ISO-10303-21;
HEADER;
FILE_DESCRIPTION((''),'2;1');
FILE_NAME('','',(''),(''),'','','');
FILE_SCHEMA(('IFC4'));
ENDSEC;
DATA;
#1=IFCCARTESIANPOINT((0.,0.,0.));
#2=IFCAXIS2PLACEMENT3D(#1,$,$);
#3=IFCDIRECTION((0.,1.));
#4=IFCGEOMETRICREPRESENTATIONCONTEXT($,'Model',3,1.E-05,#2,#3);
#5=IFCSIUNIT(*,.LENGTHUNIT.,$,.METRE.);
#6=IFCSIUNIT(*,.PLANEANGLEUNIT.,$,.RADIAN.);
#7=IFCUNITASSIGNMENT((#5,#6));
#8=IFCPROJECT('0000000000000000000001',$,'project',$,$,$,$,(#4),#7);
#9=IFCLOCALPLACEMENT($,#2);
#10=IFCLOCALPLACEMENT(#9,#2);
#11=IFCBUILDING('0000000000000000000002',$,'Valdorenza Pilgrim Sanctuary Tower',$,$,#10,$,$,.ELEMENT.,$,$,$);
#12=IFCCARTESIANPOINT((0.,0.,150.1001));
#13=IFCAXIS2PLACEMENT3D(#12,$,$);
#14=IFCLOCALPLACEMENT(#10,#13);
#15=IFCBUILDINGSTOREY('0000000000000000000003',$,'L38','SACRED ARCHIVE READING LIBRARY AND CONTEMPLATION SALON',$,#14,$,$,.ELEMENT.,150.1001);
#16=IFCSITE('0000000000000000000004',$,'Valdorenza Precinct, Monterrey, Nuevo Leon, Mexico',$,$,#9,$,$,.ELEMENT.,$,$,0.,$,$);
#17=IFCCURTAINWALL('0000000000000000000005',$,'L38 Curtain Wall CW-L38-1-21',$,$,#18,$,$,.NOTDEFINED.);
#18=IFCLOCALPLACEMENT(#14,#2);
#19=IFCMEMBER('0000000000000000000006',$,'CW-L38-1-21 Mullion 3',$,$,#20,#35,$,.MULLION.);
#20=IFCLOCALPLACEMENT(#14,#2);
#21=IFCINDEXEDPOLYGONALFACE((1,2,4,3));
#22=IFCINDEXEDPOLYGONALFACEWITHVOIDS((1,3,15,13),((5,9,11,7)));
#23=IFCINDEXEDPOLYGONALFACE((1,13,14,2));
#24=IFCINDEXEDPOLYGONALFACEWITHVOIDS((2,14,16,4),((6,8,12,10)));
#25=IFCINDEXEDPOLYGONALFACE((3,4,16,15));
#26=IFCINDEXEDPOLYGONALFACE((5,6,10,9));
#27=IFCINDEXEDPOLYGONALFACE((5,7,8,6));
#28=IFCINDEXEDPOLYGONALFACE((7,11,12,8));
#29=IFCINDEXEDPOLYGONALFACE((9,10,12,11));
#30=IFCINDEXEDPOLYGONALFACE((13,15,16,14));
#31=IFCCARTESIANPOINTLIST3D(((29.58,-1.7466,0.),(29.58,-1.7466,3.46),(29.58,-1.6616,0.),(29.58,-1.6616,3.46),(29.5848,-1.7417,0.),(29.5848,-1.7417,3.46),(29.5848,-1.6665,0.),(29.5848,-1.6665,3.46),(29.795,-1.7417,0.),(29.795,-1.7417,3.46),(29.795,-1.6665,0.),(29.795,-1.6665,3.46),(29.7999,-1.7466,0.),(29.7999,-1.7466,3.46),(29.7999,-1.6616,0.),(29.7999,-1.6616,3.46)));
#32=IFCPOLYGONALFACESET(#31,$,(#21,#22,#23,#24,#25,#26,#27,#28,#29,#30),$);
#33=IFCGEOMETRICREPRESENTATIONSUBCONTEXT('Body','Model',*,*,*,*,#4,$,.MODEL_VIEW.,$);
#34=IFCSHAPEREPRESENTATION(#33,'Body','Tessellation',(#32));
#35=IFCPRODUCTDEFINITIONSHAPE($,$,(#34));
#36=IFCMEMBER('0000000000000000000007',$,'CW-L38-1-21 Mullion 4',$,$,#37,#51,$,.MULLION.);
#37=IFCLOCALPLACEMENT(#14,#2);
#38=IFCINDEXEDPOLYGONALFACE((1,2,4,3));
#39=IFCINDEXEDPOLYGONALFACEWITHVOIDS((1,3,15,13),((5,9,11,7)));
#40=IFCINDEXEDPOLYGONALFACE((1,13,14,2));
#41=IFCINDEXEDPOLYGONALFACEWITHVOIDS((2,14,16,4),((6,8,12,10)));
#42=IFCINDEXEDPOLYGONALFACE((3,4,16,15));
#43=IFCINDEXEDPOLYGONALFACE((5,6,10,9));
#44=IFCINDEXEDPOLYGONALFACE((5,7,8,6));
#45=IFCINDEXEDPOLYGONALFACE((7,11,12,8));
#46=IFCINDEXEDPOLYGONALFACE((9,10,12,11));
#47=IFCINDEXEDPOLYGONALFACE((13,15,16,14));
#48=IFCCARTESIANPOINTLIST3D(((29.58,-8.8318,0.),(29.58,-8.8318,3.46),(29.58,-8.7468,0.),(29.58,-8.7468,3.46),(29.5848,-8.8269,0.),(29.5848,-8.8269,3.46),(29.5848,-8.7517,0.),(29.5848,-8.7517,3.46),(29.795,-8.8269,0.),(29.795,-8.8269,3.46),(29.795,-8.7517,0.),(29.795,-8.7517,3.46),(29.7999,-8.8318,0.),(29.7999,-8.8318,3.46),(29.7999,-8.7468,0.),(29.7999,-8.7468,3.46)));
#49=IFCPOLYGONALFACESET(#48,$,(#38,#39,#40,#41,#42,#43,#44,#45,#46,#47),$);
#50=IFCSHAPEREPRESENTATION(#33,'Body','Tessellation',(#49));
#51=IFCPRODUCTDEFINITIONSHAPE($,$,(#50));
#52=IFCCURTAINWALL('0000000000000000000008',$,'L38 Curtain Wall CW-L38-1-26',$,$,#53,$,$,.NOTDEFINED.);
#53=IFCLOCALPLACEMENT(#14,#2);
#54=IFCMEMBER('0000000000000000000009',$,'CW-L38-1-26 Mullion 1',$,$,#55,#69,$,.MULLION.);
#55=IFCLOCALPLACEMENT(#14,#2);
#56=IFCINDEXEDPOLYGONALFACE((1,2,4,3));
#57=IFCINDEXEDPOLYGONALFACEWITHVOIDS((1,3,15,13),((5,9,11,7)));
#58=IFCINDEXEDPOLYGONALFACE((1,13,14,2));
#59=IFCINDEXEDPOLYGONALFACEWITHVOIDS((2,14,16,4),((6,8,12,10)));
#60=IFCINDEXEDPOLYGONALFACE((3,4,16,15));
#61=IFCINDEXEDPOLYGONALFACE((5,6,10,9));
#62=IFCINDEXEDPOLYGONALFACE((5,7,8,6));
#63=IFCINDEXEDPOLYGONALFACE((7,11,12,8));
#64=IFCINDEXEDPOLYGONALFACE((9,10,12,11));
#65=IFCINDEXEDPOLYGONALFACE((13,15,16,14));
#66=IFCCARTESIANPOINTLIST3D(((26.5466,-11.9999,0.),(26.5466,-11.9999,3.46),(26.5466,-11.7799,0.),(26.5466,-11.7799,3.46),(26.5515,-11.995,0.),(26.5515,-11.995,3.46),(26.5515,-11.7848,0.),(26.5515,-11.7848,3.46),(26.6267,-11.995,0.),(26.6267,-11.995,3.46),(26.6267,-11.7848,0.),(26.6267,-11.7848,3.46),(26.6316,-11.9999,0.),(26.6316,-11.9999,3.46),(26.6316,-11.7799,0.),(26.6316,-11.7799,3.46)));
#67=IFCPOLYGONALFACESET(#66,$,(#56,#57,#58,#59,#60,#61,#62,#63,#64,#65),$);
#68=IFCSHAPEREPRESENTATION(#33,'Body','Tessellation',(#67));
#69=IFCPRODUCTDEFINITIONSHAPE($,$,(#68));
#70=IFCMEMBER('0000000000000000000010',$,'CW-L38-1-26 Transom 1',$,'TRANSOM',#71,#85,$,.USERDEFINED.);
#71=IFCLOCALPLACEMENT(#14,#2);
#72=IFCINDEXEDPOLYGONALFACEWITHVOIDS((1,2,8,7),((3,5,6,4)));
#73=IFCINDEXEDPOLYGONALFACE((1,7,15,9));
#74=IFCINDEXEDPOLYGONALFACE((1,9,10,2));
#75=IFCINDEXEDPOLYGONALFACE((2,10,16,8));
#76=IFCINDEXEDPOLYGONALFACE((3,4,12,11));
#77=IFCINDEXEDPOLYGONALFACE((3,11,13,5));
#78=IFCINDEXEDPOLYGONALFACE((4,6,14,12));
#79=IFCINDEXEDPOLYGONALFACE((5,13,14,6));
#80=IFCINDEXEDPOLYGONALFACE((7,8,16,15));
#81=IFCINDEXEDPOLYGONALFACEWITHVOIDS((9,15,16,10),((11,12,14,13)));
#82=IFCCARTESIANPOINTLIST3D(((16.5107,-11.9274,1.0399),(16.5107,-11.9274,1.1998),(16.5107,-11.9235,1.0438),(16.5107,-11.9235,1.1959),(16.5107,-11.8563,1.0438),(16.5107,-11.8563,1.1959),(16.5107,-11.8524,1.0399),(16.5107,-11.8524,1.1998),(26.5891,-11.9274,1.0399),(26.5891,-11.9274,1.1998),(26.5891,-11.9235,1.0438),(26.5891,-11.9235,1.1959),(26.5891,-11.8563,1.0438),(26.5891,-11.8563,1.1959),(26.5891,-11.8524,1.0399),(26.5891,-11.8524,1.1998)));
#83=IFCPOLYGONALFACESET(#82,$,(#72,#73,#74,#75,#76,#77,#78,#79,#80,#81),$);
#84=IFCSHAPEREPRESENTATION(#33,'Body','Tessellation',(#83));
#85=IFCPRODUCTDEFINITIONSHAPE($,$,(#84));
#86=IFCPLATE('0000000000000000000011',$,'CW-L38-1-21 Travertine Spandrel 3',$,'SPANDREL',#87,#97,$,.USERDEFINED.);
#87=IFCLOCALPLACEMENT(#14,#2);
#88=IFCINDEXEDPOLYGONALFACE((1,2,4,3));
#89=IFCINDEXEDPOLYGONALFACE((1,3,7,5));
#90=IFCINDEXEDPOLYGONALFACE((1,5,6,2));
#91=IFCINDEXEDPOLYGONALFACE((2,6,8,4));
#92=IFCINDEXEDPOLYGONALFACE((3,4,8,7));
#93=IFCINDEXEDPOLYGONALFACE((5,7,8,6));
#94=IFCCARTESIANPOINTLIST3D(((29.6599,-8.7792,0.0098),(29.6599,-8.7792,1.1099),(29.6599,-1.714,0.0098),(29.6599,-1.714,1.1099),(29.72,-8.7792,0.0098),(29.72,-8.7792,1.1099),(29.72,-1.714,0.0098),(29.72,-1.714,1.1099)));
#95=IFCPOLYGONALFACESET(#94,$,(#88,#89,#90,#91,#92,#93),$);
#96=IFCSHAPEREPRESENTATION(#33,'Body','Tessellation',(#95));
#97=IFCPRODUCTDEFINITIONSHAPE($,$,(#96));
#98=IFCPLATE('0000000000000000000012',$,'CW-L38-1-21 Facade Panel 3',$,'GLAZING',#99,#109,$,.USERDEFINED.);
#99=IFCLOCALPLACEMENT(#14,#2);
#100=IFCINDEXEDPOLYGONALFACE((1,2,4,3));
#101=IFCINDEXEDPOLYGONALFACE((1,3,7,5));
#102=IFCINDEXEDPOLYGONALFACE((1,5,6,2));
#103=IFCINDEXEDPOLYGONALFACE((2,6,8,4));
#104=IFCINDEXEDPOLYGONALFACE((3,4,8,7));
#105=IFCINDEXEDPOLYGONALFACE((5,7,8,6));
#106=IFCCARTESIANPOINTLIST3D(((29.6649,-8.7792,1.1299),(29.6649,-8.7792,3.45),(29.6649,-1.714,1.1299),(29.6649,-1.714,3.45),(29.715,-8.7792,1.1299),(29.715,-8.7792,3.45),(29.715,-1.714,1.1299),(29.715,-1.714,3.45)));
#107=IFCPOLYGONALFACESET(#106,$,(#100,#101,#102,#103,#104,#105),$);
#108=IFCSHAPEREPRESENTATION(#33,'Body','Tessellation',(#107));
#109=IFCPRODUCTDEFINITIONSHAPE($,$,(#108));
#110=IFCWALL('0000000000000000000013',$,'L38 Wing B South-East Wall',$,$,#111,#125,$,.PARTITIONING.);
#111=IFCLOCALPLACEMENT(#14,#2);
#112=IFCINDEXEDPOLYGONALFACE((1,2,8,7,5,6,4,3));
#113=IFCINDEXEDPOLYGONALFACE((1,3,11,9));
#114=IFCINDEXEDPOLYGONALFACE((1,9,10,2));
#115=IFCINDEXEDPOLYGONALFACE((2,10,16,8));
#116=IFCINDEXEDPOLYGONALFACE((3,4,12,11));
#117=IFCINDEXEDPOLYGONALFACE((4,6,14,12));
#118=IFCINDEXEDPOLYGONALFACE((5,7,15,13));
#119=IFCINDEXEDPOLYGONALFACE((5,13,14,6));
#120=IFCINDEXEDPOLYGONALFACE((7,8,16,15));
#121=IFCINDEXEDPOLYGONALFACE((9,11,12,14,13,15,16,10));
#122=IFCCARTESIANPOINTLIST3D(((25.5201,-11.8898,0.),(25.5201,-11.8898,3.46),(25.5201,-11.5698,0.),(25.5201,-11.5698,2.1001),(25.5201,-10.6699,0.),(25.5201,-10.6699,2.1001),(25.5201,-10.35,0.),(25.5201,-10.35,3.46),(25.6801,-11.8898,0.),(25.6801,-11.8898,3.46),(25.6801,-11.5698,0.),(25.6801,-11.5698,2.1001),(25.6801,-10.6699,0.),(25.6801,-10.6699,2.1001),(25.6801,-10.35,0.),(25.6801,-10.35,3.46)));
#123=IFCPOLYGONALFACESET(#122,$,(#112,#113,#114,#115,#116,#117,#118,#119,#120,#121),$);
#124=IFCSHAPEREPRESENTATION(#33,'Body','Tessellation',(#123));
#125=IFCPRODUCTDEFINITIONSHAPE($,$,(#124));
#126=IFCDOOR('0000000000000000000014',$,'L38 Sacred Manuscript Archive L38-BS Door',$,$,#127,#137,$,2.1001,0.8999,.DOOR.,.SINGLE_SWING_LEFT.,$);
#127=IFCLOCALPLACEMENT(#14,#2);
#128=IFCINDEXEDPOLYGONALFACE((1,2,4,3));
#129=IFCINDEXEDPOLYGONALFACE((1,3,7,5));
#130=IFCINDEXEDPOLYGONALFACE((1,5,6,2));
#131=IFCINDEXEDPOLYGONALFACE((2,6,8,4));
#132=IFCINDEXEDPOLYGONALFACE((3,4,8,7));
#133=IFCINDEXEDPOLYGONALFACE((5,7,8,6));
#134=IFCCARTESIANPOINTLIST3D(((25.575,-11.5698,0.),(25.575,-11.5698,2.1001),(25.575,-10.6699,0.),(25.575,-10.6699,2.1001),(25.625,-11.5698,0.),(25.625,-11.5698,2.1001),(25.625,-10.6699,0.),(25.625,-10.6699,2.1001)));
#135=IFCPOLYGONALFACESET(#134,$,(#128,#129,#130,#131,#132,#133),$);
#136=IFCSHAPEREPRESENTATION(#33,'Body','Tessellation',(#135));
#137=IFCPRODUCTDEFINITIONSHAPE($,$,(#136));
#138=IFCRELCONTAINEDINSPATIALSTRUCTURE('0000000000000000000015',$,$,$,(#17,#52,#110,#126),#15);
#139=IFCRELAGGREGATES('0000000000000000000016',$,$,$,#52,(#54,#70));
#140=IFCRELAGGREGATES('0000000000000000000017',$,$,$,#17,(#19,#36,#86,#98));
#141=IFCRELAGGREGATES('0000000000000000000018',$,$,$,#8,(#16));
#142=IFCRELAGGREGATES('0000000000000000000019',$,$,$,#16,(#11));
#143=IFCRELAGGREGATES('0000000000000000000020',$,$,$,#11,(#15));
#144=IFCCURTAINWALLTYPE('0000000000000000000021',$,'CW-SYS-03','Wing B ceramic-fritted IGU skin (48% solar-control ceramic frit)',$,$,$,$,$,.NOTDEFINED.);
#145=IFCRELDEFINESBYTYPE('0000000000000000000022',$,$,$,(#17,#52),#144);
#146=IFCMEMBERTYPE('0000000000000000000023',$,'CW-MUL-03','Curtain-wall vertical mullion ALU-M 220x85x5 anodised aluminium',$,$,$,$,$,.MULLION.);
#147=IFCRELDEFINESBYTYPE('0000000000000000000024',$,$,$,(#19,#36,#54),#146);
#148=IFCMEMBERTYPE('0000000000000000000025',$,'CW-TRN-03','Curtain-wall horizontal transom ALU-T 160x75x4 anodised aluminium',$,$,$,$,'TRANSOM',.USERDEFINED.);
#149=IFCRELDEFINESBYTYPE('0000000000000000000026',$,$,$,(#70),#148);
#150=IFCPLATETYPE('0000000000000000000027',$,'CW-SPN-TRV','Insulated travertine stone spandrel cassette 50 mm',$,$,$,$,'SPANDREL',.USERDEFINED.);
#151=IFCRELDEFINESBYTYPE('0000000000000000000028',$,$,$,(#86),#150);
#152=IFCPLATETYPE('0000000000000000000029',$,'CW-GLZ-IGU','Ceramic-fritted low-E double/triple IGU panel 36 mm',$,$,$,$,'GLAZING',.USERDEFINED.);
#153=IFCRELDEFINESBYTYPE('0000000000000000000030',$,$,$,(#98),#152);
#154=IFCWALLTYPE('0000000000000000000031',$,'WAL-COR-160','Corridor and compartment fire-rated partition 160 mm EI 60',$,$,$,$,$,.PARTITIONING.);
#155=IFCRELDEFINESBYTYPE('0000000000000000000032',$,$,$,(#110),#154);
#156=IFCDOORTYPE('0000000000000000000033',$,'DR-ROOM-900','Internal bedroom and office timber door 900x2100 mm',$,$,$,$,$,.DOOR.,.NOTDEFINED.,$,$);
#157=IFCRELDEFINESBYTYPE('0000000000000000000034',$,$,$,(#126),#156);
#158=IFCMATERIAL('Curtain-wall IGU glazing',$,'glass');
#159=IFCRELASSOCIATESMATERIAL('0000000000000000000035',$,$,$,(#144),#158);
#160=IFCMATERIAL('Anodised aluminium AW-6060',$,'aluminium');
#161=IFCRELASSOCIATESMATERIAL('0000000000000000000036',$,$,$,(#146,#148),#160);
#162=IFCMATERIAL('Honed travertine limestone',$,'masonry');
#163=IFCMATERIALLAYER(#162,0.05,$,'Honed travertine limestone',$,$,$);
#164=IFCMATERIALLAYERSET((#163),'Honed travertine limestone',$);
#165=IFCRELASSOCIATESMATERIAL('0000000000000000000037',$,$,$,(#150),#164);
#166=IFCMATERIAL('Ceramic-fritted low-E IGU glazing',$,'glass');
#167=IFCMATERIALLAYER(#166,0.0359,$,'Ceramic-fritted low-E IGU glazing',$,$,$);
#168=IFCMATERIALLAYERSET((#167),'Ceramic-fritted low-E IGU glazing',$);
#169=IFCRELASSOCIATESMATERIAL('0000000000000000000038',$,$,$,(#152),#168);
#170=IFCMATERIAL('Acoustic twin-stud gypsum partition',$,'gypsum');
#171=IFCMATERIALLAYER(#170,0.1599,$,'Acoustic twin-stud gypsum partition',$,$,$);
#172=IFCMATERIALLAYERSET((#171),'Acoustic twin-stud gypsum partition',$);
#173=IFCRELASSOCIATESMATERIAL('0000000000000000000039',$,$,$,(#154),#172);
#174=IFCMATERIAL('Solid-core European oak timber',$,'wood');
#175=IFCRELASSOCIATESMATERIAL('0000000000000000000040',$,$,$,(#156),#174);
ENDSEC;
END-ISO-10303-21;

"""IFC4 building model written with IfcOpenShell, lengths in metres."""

from ifc_helpers import new_model, si_unit, direction, frame, frame_2d, origin, origin_2d, place, context, subcontext, project, spatial, rectangle, hollow_rectangle, extrude, source, transform, mapped, material, layer, layer_set, material_profile, profile_set, type_object, element, fill, aggregate, save


model = new_model("IFC4")

# Units and contexts
model_context = context("Model", 3, precision=1e-05, world=origin(), true_north=direction((0.0, 1.0)))
body_context = subcontext(model_context, "Body", "Model", "MODEL_VIEW")
ifc_project = project(units=[si_unit("LENGTHUNIT", "METRE"), si_unit("PLANEANGLEUNIT", "RADIAN")], contexts=[model_context])

# Site, building, storey
site_placement = place(None, origin())
site = spatial("IfcSite", under=ifc_project, at=site_placement, Name="Valdorenza Precinct, Monterrey, Nuevo Leon, Mexico", CompositionType="ELEMENT", RefElevation=0.0)
building_placement = place(site_placement, origin())
building = spatial("IfcBuilding", under=site, at=building_placement, Name="Valdorenza Pilgrim Sanctuary Tower", CompositionType="ELEMENT")
storey_placement = place(building_placement, frame((0.0, 0.0, 150.1001)))
storey = spatial("IfcBuildingStorey", under=building, at=storey_placement, Name="L38", Description="SACRED ARCHIVE READING LIBRARY AND CONTEMPLATION SALON", CompositionType="ELEMENT", Elevation=150.1001)

# Curtain walls, members
ifc_material_1 = material(Name="Curtain-wall IGU glazing", Category="glass")
curtain_wall_type = type_object("IfcCurtainWallType", Name="CW-SYS-03", Description="Wing B ceramic-fritted IGU skin (48% solar-control ceramic frit)", PredefinedType="NOTDEFINED", material=ifc_material_1)
curtain_wall_1_placement = place(storey_placement, origin())
curtain_wall_1 = element("IfcCurtainWall", 1, at=curtain_wall_1_placement, inside=storey, type_object=curtain_wall_type, Name="L38 Curtain Wall CW-L38-1-21", PredefinedType="NOTDEFINED")
ifc_material_2 = material(Name="Anodised aluminium AW-6060", Category="aluminium")
ifc_material_profile_1 = material_profile(ifc_material_2, hollow_rectangle(XDim=0.085, YDim=0.22, WallThickness=0.0049, at=origin_2d()), Name="ALU-M 220x85x5")
ifc_profile_set_1 = profile_set([ifc_material_profile_1], Name="Anodised aluminium AW-6060")
member_type_1 = type_object("IfcMemberType", Name="CW-MUL-03", Description="Curtain-wall vertical mullion ALU-M 220x85x5 anodised aluminium", PredefinedType="MULLION", material=ifc_profile_set_1)
shared_shape_1 = source(origin(), body_context, "Body", "SweptSolid", [
    extrude(hollow_rectangle(XDim=0.085, YDim=0.22, WallThickness=0.0049, at=origin_2d()), origin(), (0.0, 0.0, 1.0), 3.46),
])
member_1_placement = place(storey_placement, frame((29.6899, -1.7041, 0.0), z_axis=(0.0, 0.0, 1.0), x_axis=(0.0, -1.0, 0.0)))
member_1 = element("IfcMember", 2, at=member_1_placement, type_object=member_type_1, Name="CW-L38-1-21 Mullion 3", PredefinedType="MULLION", context=body_context, shape_type="MappedRepresentation", body=[
    mapped(shared_shape_1, transform((0.0, 0.0, 0.0), x_axis=(1.0, 0.0, 0.0), y_axis=(0.0, 1.0, 0.0), z_axis=(0.0, 0.0, 1.0), scale=1.0)),
])
member_2_placement = place(storey_placement, frame((29.6899, -8.7893, 0.0), z_axis=(0.0, 0.0, 1.0), x_axis=(0.0, -1.0, 0.0)))
member_2 = element("IfcMember", 3, at=member_2_placement, type_object=member_type_1, Name="CW-L38-1-21 Mullion 4", PredefinedType="MULLION", context=body_context, shape_type="MappedRepresentation", body=[
    mapped(shared_shape_1, transform((0.0, 0.0, 0.0), x_axis=(1.0, 0.0, 0.0), y_axis=(0.0, 1.0, 0.0), z_axis=(0.0, 0.0, 1.0), scale=1.0)),
])
curtain_wall_2_placement = place(storey_placement, origin())
curtain_wall_2 = element("IfcCurtainWall", 4, at=curtain_wall_2_placement, inside=storey, type_object=curtain_wall_type, Name="L38 Curtain Wall CW-L38-1-26", PredefinedType="NOTDEFINED")
member_3_placement = place(storey_placement, frame((26.5891, -11.8899, 0.0), z_axis=(0.0, 0.0, 1.0), x_axis=(-1.0, 0.0, 0.0)))
member_3 = element("IfcMember", 5, at=member_3_placement, type_object=member_type_1, Name="CW-L38-1-26 Mullion 1", PredefinedType="MULLION", context=body_context, shape_type="MappedRepresentation", body=[
    mapped(shared_shape_1, transform((0.0, 0.0, 0.0), x_axis=(1.0, 0.0, 0.0), y_axis=(0.0, 1.0, 0.0), z_axis=(0.0, 0.0, 1.0), scale=1.0)),
])
ifc_material_profile_2 = material_profile(ifc_material_2, hollow_rectangle(XDim=0.075, YDim=0.1599, WallThickness=0.0039, at=origin_2d()), Name="ALU-T 160x75x4")
ifc_profile_set_2 = profile_set([ifc_material_profile_2], Name="Anodised aluminium AW-6060")
member_type_2 = type_object("IfcMemberType", Name="CW-TRN-03", Description="Curtain-wall horizontal transom ALU-T 160x75x4 anodised aluminium", ElementType="TRANSOM", PredefinedType="USERDEFINED", material=ifc_profile_set_2)
shared_shape_2 = source(origin(), body_context, "Body", "SweptSolid", [
    extrude(hollow_rectangle(XDim=0.075, YDim=0.1599, WallThickness=0.0039, at=origin_2d()), origin(), (0.0, 0.0, 1.0), 10.0784),
])
member_4_placement = place(storey_placement, frame((26.5891, -11.8899, 1.1199), z_axis=(-1.0, 0.0, 0.0), x_axis=(0.0, -1.0, 0.0)))
member_4 = element("IfcMember", 6, at=member_4_placement, type_object=member_type_2, Name="CW-L38-1-26 Transom 1", ObjectType="TRANSOM", PredefinedType="USERDEFINED", context=body_context, shape_type="MappedRepresentation", body=[
    mapped(shared_shape_2, transform((0.0, 0.0, 0.0), x_axis=(1.0, 0.0, 0.0), y_axis=(0.0, 1.0, 0.0), z_axis=(0.0, 0.0, 1.0), scale=1.0)),
])
aggregate(curtain_wall_2, [member_3, member_4])

# Plates
ifc_material_3 = material(Name="Honed travertine limestone", Category="masonry")
ifc_layer_1 = layer(ifc_material_3, 0.05, Name="Honed travertine limestone")
ifc_layer_set_1 = layer_set([ifc_layer_1], Name="Honed travertine limestone")
plate_type_1 = type_object("IfcPlateType", Name="CW-SPN-TRV", Description="Insulated travertine stone spandrel cassette 50 mm", ElementType="SPANDREL", PredefinedType="USERDEFINED", material=ifc_layer_set_1)
shared_shape_3 = source(origin(), body_context, "Body", "SweptSolid", [
    extrude(rectangle(XDim=7.0652, YDim=0.0601, at=origin_2d()), origin(), (0.0, 0.0, 1.0), 1.1001),
])
plate_1_placement = place(storey_placement, frame((29.6899, -5.2466, 0.0098), z_axis=(0.0, 0.0, 1.0), x_axis=(0.0, -1.0, 0.0)))
plate_1 = element("IfcPlate", 7, at=plate_1_placement, type_object=plate_type_1, Name="CW-L38-1-21 Travertine Spandrel 3", ObjectType="SPANDREL", PredefinedType="USERDEFINED", context=body_context, shape_type="MappedRepresentation", body=[
    mapped(shared_shape_3, transform((0.0, 0.0, 0.0), x_axis=(1.0, 0.0, 0.0), y_axis=(0.0, 1.0, 0.0), z_axis=(0.0, 0.0, 1.0), scale=1.0)),
])
ifc_material_4 = material(Name="Ceramic-fritted low-E IGU glazing", Category="glass")
ifc_layer_2 = layer(ifc_material_4, 0.0359, Name="Ceramic-fritted low-E IGU glazing")
ifc_layer_set_2 = layer_set([ifc_layer_2], Name="Ceramic-fritted low-E IGU glazing")
plate_type_2 = type_object("IfcPlateType", Name="CW-GLZ-IGU", Description="Ceramic-fritted low-E double/triple IGU panel 36 mm", ElementType="GLAZING", PredefinedType="USERDEFINED", material=ifc_layer_set_2)
shared_shape_4 = source(origin(), body_context, "Body", "SweptSolid", [
    extrude(rectangle(XDim=7.0652, YDim=0.05, at=origin_2d()), origin(), (0.0, 0.0, 1.0), 2.3201),
])
plate_2_placement = place(storey_placement, frame((29.6899, -5.2466, 1.1299), z_axis=(0.0, 0.0, 1.0), x_axis=(0.0, -1.0, 0.0)))
plate_2 = element("IfcPlate", 8, at=plate_2_placement, type_object=plate_type_2, Name="CW-L38-1-21 Facade Panel 3", ObjectType="GLAZING", PredefinedType="USERDEFINED", context=body_context, shape_type="MappedRepresentation", body=[
    mapped(shared_shape_4, transform((0.0, 0.0, 0.0), x_axis=(1.0, 0.0, 0.0), y_axis=(0.0, 1.0, 0.0), z_axis=(0.0, 0.0, 1.0), scale=1.0)),
])
aggregate(curtain_wall_1, [member_1, member_2, plate_1, plate_2])

# Wall, opening, door
ifc_material_5 = material(Name="Acoustic twin-stud gypsum partition", Category="gypsum")
ifc_layer_3 = layer(ifc_material_5, 0.1599, Name="Acoustic twin-stud gypsum partition")
ifc_layer_set_3 = layer_set([ifc_layer_3], Name="Acoustic twin-stud gypsum partition")
wall_type_1 = type_object("IfcWallType", Name="WAL-COR-160", Description="Corridor and compartment fire-rated partition 160 mm EI 60", PredefinedType="PARTITIONING", material=ifc_layer_set_3)
wall_1_placement = place(storey_placement, frame((25.6001, -11.8899, 0.0), z_axis=(0.0, 0.0, 1.0), x_axis=(0.0, 1.0, 0.0)))
wall_1 = element("IfcWall", 9, at=wall_1_placement, inside=storey, type_object=wall_type_1, Name="L38 Wing B South-East Wall", PredefinedType="PARTITIONING", context=body_context, shape_type="SweptSolid", body=[
    extrude(rectangle(XDim=1.5398, YDim=0.1599, at=frame_2d((0.77, 0.0))), origin(), (0.0, 0.0, 1.0), 3.46),
])
opening_1_placement = place(wall_1_placement, frame((0.3201, 0.0, 0.0)))
opening_1 = element("IfcOpeningElement", 10, at=opening_1_placement, cuts=wall_1, PredefinedType="OPENING", context=body_context, shape_type="SweptSolid", body=[
    extrude(rectangle(XDim=0.8999, YDim=2.1001, at=frame_2d((0.45, 1.05))), frame((0.0, 0.0947, 0.0), z_axis=(0.0, -1.0, 0.0), x_axis=(1.0, 0.0, 0.0)), (0.0, 0.0, 1.0), 0.1897),
])
ifc_material_6 = material(Name="Solid-core European oak timber", Category="wood")
door_type_1 = type_object("IfcDoorType", Name="DR-ROOM-900", Description="Internal bedroom and office timber door 900x2100 mm", OperationType="NOTDEFINED", PredefinedType="DOOR", material=ifc_material_6)
door_1_placement = place(opening_1_placement, frame((0.8999, 0.0, 0.0), z_axis=(0.0, 0.0, 1.0), x_axis=(-1.0, 0.0, 0.0)))
door_1 = element("IfcDoor", 11, at=door_1_placement, inside=storey, type_object=door_type_1, Name="L38 Sacred Manuscript Archive L38-BS Door", OperationType="SINGLE_SWING_LEFT", OverallHeight=2.1001, OverallWidth=0.8999, PredefinedType="DOOR", context=body_context, shape_type="SweptSolid", body=[
    extrude(rectangle(XDim=0.8999, YDim=2.1001, at=frame_2d((0.45, 1.05))), frame((0.0, 0.0249, 0.0), z_axis=(0.0, -1.0, 0.0), x_axis=(1.0, 0.0, 0.0)), (0.0, 0.0, 1.0), 0.05),
])
fill(opening_1, door_1)

save(model, "model.ifc")
